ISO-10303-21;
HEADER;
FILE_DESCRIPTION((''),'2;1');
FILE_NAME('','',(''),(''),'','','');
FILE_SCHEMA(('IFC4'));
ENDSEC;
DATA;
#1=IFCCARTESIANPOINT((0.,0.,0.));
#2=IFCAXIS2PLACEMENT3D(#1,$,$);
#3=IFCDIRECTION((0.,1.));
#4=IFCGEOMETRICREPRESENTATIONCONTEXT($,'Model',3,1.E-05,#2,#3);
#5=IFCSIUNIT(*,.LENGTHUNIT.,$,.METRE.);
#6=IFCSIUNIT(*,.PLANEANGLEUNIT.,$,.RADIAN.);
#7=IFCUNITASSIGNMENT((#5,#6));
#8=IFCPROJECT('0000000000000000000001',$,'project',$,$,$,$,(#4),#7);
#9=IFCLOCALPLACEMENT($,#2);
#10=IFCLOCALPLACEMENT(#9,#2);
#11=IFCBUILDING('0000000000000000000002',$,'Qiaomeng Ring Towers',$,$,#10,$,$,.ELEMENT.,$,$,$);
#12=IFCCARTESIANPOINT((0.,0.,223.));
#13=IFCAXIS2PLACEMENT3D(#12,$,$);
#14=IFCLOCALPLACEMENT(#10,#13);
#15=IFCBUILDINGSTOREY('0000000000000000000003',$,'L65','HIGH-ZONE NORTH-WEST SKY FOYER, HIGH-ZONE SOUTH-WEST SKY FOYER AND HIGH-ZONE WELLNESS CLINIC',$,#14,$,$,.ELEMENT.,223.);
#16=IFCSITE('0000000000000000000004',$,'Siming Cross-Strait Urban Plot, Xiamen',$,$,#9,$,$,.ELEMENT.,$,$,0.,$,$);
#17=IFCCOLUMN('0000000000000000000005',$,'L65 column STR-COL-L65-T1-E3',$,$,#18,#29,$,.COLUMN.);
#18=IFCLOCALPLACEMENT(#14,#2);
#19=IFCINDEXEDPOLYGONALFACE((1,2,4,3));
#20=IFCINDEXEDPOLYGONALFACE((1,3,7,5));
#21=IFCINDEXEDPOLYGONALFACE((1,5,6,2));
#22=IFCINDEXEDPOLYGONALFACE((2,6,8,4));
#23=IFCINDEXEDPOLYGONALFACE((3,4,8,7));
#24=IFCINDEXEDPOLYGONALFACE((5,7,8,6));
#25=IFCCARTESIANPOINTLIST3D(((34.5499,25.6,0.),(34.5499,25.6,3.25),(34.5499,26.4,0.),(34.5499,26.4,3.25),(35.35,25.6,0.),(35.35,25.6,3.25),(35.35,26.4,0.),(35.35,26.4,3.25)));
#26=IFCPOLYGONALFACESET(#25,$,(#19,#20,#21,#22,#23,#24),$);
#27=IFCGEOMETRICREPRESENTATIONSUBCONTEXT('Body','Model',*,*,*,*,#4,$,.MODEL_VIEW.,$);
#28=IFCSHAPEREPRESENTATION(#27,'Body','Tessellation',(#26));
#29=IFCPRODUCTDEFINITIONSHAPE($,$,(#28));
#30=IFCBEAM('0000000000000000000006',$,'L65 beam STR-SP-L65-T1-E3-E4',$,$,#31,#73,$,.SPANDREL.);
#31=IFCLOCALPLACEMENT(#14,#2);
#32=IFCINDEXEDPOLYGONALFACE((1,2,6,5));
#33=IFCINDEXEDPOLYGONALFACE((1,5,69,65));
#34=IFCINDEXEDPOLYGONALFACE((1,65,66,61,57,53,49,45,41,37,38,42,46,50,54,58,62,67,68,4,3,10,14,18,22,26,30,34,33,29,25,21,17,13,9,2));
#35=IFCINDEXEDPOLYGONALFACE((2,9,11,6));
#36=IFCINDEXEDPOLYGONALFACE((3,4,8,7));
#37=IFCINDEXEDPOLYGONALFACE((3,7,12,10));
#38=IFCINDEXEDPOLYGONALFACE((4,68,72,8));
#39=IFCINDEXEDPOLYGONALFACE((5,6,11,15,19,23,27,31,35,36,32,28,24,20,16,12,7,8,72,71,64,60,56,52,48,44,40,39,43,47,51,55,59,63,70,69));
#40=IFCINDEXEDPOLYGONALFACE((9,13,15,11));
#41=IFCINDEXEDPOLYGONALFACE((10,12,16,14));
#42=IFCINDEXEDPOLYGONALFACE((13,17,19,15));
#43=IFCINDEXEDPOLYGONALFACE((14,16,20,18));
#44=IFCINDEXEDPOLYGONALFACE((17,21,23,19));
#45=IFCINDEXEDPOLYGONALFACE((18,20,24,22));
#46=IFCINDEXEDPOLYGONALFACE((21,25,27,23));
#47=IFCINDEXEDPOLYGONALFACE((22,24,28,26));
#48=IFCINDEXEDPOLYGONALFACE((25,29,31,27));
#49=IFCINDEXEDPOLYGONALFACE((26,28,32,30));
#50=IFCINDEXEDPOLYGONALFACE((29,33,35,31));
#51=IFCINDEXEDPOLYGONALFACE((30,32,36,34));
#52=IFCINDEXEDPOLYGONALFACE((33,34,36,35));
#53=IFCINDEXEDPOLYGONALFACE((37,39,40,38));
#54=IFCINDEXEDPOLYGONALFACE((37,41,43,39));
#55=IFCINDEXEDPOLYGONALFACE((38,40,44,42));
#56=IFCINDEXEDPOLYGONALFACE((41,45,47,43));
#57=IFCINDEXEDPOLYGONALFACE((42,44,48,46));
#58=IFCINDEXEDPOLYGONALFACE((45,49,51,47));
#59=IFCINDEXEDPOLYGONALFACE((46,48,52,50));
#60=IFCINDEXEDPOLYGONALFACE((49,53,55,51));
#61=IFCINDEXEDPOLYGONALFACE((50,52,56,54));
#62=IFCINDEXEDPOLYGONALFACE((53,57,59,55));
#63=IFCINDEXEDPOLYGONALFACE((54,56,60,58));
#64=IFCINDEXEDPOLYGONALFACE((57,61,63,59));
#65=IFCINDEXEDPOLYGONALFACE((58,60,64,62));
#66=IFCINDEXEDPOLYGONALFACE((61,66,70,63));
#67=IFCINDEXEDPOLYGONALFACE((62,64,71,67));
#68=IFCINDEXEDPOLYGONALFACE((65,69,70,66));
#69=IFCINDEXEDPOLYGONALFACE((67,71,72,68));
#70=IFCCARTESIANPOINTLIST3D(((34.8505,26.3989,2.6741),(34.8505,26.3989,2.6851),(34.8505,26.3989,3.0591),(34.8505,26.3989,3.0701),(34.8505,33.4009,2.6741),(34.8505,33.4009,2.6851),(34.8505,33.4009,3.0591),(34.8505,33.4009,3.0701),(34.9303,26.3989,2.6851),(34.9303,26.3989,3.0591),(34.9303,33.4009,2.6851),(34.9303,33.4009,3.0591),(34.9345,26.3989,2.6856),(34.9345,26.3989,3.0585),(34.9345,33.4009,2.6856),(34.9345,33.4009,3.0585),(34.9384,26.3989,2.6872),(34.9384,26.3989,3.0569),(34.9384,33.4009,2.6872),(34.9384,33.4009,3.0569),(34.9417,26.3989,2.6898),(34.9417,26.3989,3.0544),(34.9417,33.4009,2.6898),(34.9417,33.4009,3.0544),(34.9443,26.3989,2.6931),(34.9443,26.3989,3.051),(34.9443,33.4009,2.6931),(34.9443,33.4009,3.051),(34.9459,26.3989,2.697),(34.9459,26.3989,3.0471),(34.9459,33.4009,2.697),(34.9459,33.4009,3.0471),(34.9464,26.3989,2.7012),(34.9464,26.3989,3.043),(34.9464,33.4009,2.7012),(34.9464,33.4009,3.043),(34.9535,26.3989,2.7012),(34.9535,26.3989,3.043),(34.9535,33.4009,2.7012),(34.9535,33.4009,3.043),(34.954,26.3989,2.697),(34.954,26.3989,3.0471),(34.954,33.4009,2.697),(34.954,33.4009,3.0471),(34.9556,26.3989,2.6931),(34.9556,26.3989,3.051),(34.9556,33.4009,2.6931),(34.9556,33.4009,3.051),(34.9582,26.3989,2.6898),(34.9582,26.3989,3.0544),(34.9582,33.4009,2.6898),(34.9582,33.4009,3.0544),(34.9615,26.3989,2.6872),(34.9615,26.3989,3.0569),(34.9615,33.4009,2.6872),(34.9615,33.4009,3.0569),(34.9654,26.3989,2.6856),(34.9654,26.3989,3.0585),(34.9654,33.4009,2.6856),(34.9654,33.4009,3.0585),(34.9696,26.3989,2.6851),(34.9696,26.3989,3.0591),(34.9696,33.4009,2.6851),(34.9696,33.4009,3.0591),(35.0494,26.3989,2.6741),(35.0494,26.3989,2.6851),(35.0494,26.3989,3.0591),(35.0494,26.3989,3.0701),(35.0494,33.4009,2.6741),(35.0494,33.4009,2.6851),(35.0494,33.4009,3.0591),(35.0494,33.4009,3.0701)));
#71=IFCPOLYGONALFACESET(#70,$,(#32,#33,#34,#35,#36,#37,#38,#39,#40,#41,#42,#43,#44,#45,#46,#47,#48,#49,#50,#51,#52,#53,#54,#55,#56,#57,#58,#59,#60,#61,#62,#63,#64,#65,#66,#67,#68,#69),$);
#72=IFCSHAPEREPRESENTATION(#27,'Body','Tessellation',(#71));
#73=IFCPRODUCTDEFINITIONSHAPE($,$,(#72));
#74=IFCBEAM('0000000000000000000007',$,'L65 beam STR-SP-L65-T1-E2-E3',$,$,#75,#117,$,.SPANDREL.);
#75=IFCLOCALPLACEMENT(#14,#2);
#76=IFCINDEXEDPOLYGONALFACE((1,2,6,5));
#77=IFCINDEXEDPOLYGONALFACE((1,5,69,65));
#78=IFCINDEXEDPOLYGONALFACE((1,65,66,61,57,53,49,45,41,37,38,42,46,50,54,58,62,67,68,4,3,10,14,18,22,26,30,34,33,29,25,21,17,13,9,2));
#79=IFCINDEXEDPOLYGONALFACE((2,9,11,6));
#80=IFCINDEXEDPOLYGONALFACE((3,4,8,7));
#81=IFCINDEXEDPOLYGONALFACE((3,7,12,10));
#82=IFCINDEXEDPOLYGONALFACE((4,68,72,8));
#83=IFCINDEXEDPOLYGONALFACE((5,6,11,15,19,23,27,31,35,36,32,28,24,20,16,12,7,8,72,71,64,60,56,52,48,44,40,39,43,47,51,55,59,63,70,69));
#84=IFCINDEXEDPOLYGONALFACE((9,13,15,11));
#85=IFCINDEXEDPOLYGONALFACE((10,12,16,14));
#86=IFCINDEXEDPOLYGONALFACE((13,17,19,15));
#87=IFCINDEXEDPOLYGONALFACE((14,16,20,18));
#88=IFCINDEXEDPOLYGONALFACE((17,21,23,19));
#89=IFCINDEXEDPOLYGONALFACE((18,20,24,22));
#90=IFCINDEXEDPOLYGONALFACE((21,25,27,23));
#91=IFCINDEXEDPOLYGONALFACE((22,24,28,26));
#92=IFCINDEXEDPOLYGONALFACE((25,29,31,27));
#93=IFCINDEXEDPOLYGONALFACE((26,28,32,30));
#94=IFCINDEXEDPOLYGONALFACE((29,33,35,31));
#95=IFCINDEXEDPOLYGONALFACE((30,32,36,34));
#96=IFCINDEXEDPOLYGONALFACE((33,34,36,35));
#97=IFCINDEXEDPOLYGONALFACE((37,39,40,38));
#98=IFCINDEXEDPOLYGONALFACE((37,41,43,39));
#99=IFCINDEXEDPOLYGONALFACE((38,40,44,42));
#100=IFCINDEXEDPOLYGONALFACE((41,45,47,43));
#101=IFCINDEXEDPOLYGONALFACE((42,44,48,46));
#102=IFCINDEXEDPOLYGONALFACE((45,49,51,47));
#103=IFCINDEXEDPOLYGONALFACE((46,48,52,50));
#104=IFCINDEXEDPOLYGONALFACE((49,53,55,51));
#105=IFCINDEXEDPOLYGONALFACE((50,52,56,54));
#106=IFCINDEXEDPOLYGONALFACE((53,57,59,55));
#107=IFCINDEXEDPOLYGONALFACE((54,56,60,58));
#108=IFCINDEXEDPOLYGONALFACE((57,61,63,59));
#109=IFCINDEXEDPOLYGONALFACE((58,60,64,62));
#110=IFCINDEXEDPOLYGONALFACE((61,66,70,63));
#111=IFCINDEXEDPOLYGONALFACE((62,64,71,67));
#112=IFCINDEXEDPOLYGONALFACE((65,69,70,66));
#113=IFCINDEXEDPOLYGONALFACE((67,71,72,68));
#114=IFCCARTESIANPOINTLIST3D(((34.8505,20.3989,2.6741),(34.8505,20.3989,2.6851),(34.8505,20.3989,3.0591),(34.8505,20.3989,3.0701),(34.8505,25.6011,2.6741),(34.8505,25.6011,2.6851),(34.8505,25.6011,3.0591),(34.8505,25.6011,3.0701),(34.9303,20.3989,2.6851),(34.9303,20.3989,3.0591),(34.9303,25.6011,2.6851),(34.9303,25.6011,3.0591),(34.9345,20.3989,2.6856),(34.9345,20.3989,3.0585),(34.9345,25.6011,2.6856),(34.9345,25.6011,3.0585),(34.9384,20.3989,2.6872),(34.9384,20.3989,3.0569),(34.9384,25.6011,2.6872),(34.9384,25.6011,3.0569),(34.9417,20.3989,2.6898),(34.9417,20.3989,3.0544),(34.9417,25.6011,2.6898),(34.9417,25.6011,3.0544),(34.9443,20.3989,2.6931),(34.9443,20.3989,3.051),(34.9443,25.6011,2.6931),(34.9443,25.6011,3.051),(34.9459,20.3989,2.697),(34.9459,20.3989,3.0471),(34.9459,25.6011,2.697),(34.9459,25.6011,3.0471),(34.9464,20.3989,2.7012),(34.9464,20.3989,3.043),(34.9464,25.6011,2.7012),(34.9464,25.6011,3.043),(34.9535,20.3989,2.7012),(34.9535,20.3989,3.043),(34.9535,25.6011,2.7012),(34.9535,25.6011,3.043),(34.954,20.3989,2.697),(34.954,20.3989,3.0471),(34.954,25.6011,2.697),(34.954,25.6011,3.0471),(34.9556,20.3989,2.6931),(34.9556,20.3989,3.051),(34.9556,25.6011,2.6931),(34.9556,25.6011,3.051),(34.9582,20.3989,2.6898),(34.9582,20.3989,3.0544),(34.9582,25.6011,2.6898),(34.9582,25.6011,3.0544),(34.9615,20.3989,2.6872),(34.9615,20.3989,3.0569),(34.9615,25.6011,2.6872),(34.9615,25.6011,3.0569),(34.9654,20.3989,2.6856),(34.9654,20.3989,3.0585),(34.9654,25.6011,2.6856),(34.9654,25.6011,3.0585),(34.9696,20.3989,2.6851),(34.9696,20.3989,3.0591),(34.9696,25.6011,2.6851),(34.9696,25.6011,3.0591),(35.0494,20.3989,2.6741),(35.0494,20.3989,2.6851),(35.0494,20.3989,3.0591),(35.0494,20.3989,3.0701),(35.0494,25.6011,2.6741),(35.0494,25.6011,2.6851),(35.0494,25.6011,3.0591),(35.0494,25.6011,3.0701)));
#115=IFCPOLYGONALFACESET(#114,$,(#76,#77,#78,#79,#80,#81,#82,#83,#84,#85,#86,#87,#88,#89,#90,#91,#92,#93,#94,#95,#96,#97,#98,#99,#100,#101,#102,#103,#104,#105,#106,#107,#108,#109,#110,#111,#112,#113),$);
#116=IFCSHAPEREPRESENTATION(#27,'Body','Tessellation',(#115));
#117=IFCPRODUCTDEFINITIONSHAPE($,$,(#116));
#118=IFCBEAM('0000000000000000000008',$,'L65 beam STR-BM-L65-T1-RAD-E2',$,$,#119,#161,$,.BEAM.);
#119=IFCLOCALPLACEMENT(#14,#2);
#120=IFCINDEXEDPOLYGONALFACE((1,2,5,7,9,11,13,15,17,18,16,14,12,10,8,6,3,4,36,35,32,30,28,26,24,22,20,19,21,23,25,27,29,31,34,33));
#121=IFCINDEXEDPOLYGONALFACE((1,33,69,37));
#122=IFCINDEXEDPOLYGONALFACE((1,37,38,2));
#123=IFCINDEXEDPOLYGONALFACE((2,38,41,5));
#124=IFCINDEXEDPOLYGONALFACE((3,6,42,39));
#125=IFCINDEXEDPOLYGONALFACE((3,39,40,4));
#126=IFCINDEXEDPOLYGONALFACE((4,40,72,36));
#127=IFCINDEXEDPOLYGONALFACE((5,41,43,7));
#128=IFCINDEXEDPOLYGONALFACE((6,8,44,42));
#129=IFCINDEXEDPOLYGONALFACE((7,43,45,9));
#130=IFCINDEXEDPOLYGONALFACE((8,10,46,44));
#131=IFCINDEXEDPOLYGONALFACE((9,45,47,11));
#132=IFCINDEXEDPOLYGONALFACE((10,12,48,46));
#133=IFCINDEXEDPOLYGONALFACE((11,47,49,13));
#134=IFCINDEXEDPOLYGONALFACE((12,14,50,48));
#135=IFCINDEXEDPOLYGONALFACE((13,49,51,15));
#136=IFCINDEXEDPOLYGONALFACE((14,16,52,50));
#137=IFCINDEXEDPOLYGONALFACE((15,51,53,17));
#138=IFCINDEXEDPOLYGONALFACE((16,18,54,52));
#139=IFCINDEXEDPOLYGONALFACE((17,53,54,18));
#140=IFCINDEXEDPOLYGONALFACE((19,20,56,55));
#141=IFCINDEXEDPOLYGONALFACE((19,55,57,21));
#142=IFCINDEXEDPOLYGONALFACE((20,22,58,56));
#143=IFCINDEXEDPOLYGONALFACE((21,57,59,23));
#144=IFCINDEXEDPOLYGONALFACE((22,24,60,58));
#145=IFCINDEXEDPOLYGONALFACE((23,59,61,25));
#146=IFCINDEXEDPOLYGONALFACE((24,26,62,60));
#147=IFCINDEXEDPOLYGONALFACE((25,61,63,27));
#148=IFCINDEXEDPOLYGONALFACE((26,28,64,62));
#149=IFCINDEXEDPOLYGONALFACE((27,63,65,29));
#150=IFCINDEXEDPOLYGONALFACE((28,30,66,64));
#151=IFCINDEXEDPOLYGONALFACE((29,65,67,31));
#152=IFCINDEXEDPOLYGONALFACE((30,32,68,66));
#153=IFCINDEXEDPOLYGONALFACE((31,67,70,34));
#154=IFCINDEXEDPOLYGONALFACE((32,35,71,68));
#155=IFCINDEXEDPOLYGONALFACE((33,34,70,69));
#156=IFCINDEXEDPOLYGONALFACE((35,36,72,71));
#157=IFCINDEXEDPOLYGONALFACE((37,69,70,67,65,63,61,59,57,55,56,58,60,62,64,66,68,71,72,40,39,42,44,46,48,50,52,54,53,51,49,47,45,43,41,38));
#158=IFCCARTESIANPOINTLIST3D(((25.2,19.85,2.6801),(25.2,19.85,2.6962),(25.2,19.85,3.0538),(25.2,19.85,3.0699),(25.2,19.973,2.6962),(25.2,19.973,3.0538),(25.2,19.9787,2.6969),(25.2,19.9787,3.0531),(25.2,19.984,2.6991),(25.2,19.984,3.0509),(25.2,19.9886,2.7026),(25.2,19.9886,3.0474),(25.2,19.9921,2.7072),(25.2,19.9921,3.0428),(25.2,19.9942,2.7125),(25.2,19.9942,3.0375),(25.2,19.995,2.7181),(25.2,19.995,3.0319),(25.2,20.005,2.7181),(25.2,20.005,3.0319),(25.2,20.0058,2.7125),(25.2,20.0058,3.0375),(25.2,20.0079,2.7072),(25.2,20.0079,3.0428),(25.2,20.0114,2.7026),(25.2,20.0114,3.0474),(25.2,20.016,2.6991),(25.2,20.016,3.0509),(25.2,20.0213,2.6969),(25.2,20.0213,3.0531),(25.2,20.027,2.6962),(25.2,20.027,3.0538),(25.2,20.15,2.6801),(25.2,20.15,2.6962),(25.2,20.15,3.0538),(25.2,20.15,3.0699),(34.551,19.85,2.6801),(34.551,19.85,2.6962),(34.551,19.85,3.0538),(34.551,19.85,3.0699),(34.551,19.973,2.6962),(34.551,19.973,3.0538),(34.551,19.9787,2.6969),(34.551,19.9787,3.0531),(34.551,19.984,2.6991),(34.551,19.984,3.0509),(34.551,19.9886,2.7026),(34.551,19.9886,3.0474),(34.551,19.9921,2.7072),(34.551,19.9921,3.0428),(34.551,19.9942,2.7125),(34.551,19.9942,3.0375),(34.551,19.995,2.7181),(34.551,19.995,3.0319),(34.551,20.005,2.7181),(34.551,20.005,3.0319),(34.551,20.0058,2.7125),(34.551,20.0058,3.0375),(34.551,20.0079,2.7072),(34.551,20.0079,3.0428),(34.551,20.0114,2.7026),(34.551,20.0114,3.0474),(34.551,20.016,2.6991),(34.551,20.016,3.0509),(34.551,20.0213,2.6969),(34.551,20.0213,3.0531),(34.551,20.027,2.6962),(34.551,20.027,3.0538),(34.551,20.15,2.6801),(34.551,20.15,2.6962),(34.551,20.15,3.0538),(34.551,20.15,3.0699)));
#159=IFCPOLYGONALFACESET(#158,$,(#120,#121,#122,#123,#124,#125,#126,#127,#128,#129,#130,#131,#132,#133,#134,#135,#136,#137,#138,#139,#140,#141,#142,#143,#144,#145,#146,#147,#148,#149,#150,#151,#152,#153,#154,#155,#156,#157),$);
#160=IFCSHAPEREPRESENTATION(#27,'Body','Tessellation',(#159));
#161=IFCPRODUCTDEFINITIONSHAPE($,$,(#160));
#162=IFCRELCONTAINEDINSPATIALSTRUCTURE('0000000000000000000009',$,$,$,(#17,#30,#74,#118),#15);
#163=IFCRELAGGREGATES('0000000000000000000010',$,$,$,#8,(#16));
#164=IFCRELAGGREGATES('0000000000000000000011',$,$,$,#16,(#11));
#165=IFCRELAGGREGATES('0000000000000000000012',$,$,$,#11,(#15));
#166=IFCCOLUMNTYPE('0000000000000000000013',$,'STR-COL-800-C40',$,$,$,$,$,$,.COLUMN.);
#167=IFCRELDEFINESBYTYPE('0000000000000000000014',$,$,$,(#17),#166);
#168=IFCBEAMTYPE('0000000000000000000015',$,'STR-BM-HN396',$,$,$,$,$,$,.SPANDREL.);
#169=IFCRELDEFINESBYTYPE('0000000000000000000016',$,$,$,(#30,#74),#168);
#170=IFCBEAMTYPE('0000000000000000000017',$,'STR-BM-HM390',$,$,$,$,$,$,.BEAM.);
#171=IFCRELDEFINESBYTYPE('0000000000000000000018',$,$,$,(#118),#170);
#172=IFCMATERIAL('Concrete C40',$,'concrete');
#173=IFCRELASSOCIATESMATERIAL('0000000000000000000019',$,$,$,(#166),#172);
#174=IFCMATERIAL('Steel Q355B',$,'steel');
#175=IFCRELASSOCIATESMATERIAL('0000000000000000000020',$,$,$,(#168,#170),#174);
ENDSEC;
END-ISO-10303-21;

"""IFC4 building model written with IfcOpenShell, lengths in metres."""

from ifc_helpers import new_model, si_unit, direction, frame, origin, origin_2d, place, context, subcontext, project, spatial, rectangle, i_section, extrude, source, transform, mapped, material, material_profile, profile_set, type_object, element, save


model = new_model("IFC4")

# Units and contexts
model_context = context("Model", 3, precision=1e-05, world=origin(), true_north=direction((0.0, 1.0)))
body_context = subcontext(model_context, "Body", "Model", "MODEL_VIEW")
ifc_project = project(units=[si_unit("LENGTHUNIT", "METRE"), si_unit("PLANEANGLEUNIT", "RADIAN")], contexts=[model_context])

# Site, building, storey
site_placement = place(None, origin())
site = spatial("IfcSite", under=ifc_project, at=site_placement, Name="Siming Cross-Strait Urban Plot, Xiamen", CompositionType="ELEMENT", RefElevation=0.0)
building_placement = place(site_placement, origin())
building = spatial("IfcBuilding", under=site, at=building_placement, Name="Qiaomeng Ring Towers", CompositionType="ELEMENT")
storey_placement = place(building_placement, frame((0.0, 0.0, 223.0)))
storey = spatial("IfcBuildingStorey", under=building, at=storey_placement, Name="L65", Description="HIGH-ZONE NORTH-WEST SKY FOYER, HIGH-ZONE SOUTH-WEST SKY FOYER AND HIGH-ZONE WELLNESS CLINIC", CompositionType="ELEMENT", Elevation=223.0)

# Column
ifc_material_1 = material(Name="Concrete C40", Category="concrete")
ifc_material_profile_1 = material_profile(ifc_material_1, rectangle(XDim=0.8, YDim=0.8, at=origin_2d()), Name="RC COL 800x800")
ifc_profile_set_1 = profile_set([ifc_material_profile_1], Name="Concrete C40")
column_type = type_object("IfcColumnType", Name="STR-COL-800-C40", PredefinedType="COLUMN", material=ifc_profile_set_1)
shared_shape_1 = source(origin(), body_context, "Body", "SweptSolid", [
    extrude(rectangle(XDim=0.8, YDim=0.8, at=origin_2d()), origin(), (0.0, 0.0, 1.0), 3.25),
])
column_placement = place(storey_placement, frame((34.95, 26.0, 0.0), z_axis=(0.0, 0.0, 1.0), x_axis=(1.0, 0.0, 0.0)))
element("IfcColumn", 1, at=column_placement, inside=storey, type_object=column_type, Name="L65 column STR-COL-L65-T1-E3", PredefinedType="COLUMN", context=body_context, shape_type="MappedRepresentation", body=[
    mapped(shared_shape_1, transform((0.0, 0.0, 0.0), x_axis=(1.0, 0.0, 0.0), y_axis=(0.0, 1.0, 0.0), z_axis=(0.0, 0.0, 1.0), scale=1.0)),
])

# Beams
ifc_material_2 = material(Name="Steel Q355B", Category="steel")
ifc_material_profile_2 = material_profile(ifc_material_2, i_section(OverallWidth=0.199, OverallDepth=0.396, WebThickness=0.0071, FlangeThickness=0.011, FilletRadius=0.0161, at=origin_2d()), Name="HN 396x199x7x11")
ifc_profile_set_2 = profile_set([ifc_material_profile_2], Name="Steel Q355B")
beam_type_1 = type_object("IfcBeamType", Name="STR-BM-HN396", PredefinedType="SPANDREL", material=ifc_profile_set_2)
shared_shape_2 = source(origin(), body_context, "Body", "SweptSolid", [
    extrude(i_section(OverallWidth=0.199, OverallDepth=0.396, WebThickness=0.0071, FlangeThickness=0.011, FilletRadius=0.0161, at=origin_2d()), origin(), (0.0, 0.0, 1.0), 7.002),
])
beam_1_placement = place(storey_placement, frame((34.95, 26.3989, 2.8721), z_axis=(0.0, 1.0, 0.0), x_axis=(-1.0, 0.0, 0.0)))
element("IfcBeam", 2, at=beam_1_placement, inside=storey, type_object=beam_type_1, Name="L65 beam STR-SP-L65-T1-E3-E4", PredefinedType="SPANDREL", context=body_context, shape_type="MappedRepresentation", body=[
    mapped(shared_shape_2, transform((0.0, 0.0, 0.0), x_axis=(1.0, 0.0, 0.0), y_axis=(0.0, 1.0, 0.0), z_axis=(0.0, 0.0, 1.0), scale=1.0)),
])
shared_shape_3 = source(origin(), body_context, "Body", "SweptSolid", [
    extrude(i_section(OverallWidth=0.199, OverallDepth=0.396, WebThickness=0.0071, FlangeThickness=0.011, FilletRadius=0.0161, at=origin_2d()), origin(), (0.0, 0.0, 1.0), 5.2021),
])
beam_2_placement = place(storey_placement, frame((34.95, 20.3989, 2.8721), z_axis=(0.0, 1.0, 0.0), x_axis=(-1.0, 0.0, 0.0)))
element("IfcBeam", 3, at=beam_2_placement, inside=storey, type_object=beam_type_1, Name="L65 beam STR-SP-L65-T1-E2-E3", PredefinedType="SPANDREL", context=body_context, shape_type="MappedRepresentation", body=[
    mapped(shared_shape_3, transform((0.0, 0.0, 0.0), x_axis=(1.0, 0.0, 0.0), y_axis=(0.0, 1.0, 0.0), z_axis=(0.0, 0.0, 1.0), scale=1.0)),
])
ifc_material_profile_3 = material_profile(ifc_material_2, i_section(OverallWidth=0.3, OverallDepth=0.3899, WebThickness=0.01, FlangeThickness=0.0161, FilletRadius=0.022, at=origin_2d()), Name="HM 390x300x10x16")
ifc_profile_set_3 = profile_set([ifc_material_profile_3], Name="Steel Q355B")
beam_type_2 = type_object("IfcBeamType", Name="STR-BM-HM390", PredefinedType="BEAM", material=ifc_profile_set_3)
shared_shape_4 = source(origin(), body_context, "Body", "SweptSolid", [
    extrude(i_section(OverallWidth=0.3, OverallDepth=0.3899, WebThickness=0.01, FlangeThickness=0.0161, FilletRadius=0.022, at=origin_2d()), origin(), (0.0, 0.0, 1.0), 9.3511),
])
for number, where, z_axis, x_axis, name in (
    (4, (25.2, 20.0, 2.875), (1.0, 0.0, 0.0), (0.0, 1.0, 0.0), "L65 beam STR-BM-L65-T1-RAD-E2"),
):
    element("IfcBeam", number, at=place(storey_placement, frame(where, z_axis=z_axis, x_axis=x_axis)), inside=storey, type_object=beam_type_2, Name=name, PredefinedType="BEAM", context=body_context, shape_type="MappedRepresentation", body=[
        mapped(shared_shape_4, transform((0.0, 0.0, 0.0), x_axis=(1.0, 0.0, 0.0), y_axis=(0.0, 1.0, 0.0), z_axis=(0.0, 0.0, 1.0), scale=1.0)),
    ])

save(model, "model.ifc")
